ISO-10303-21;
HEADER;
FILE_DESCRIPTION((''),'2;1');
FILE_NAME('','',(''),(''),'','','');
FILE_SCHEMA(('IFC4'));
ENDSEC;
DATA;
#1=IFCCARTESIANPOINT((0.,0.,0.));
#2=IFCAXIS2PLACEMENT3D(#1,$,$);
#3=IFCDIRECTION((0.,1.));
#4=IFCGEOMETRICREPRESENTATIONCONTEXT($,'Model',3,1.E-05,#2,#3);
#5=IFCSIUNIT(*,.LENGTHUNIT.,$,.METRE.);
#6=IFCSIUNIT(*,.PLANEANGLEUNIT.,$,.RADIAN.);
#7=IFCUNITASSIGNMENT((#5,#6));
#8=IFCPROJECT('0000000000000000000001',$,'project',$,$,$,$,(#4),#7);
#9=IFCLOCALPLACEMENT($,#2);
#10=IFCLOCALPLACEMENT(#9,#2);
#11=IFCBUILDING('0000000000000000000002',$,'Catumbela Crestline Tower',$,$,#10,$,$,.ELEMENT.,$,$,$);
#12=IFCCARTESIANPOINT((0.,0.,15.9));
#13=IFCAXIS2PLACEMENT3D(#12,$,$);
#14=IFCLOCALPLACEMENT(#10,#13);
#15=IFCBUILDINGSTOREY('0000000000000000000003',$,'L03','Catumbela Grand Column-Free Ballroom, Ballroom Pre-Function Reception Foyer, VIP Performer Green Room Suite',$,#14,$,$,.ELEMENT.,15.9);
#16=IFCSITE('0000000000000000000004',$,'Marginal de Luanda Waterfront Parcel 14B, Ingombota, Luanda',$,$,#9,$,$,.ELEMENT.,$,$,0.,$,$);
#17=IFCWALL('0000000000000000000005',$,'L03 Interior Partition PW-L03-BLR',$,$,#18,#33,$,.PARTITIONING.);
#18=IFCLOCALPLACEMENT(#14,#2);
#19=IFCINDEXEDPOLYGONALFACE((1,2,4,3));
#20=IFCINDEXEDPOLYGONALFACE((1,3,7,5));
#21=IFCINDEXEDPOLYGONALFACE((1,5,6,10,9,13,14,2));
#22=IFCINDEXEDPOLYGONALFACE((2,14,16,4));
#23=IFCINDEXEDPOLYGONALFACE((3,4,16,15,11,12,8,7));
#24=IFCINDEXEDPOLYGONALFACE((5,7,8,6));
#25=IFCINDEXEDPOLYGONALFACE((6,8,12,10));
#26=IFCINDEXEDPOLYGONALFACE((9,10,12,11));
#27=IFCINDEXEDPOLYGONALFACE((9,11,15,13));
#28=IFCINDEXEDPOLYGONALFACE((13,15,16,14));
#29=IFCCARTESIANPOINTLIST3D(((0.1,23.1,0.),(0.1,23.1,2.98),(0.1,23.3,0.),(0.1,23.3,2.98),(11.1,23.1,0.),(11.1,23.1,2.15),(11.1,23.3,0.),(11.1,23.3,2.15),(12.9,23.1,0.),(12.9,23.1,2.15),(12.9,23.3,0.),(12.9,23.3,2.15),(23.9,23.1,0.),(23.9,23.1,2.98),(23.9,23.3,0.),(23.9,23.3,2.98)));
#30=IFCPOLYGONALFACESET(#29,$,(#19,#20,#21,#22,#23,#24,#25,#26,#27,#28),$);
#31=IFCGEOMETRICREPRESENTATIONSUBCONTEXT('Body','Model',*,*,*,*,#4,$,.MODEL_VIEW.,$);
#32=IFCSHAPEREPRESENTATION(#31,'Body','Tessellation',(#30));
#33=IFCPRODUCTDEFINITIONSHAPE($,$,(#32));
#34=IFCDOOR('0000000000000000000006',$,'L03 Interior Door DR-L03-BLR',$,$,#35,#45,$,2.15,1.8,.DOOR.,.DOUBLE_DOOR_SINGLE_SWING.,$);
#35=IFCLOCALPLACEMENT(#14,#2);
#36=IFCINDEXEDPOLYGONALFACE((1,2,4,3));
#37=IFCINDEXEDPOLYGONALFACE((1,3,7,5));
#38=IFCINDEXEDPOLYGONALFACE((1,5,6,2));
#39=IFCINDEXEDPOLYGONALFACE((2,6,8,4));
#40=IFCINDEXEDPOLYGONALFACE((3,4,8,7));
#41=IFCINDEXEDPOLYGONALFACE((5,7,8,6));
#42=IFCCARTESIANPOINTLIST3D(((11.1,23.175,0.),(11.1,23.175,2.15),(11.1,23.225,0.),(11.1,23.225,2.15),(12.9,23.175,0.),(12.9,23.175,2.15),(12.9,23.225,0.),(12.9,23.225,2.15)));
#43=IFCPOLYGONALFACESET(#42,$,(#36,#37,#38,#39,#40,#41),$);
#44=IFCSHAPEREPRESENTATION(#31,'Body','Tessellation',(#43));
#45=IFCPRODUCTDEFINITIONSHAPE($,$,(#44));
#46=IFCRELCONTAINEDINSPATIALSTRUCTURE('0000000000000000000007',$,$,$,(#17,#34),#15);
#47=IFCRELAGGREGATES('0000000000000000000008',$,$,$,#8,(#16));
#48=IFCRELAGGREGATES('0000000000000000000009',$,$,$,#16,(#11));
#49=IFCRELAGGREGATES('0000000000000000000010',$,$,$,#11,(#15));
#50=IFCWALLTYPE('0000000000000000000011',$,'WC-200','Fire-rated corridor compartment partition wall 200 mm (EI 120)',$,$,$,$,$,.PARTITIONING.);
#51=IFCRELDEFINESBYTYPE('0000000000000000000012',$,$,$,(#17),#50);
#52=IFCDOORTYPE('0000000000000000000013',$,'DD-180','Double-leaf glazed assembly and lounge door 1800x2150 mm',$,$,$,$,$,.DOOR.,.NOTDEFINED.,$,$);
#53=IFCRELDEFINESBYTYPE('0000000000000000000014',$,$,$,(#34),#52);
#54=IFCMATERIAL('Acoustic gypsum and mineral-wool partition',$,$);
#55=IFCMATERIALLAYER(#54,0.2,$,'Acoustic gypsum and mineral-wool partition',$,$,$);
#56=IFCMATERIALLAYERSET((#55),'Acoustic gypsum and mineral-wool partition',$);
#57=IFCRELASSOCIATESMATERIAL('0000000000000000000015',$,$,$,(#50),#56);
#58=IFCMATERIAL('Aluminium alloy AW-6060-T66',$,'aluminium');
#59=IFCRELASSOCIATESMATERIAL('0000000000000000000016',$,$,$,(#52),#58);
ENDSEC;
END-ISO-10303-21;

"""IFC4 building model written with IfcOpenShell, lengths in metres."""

from ifc_helpers import new_model, si_unit, direction, frame, frame_2d, origin, place, context, subcontext, project, spatial, rectangle, extrude, material, layer, layer_set, type_object, element, fill, save


model = new_model("IFC4")

# Units and contexts
model_context = context("Model", 3, precision=1e-05, world=origin(), true_north=direction((0.0, 1.0)))
body_context = subcontext(model_context, "Body", "Model", "MODEL_VIEW")
ifc_project = project(units=[si_unit("LENGTHUNIT", "METRE"), si_unit("PLANEANGLEUNIT", "RADIAN")], contexts=[model_context])

# Site, building, storey
site_placement = place(None, origin())
site = spatial("IfcSite", under=ifc_project, at=site_placement, Name="Marginal de Luanda Waterfront Parcel 14B, Ingombota, Luanda", CompositionType="ELEMENT", RefElevation=0.0)
building_placement = place(site_placement, origin())
building = spatial("IfcBuilding", under=site, at=building_placement, Name="Catumbela Crestline Tower", CompositionType="ELEMENT")
storey_placement = place(building_placement, frame((0.0, 0.0, 15.9)))
storey = spatial("IfcBuildingStorey", under=building, at=storey_placement, Name="L03", Description="Catumbela Grand Column-Free Ballroom, Ballroom Pre-Function Reception Foyer, VIP Performer Green Room Suite", CompositionType="ELEMENT", Elevation=15.9)

# Shared definitions
ifc_material_1 = material(Name="Aluminium alloy AW-6060-T66", Category="aluminium")

# Wall, opening, door
ifc_material_2 = material(Name="Acoustic gypsum and mineral-wool partition")
ifc_layer_1 = layer(ifc_material_2, 0.2, Name="Acoustic gypsum and mineral-wool partition")
ifc_layer_set_1 = layer_set([ifc_layer_1], Name="Acoustic gypsum and mineral-wool partition")
wall_type = type_object("IfcWallType", Name="WC-200", Description="Fire-rated corridor compartment partition wall 200 mm (EI 120)", PredefinedType="PARTITIONING", material=ifc_layer_set_1)
wall_placement = place(storey_placement, frame((0.1, 23.2, 0.0), z_axis=(0.0, 0.0, 1.0), x_axis=(1.0, 0.0, 0.0)))
wall = element("IfcWall", 1, at=wall_placement, inside=storey, type_object=wall_type, Name="L03 Interior Partition PW-L03-BLR", PredefinedType="PARTITIONING", context=body_context, shape_type="SweptSolid", body=[
    extrude(rectangle(XDim=23.8, YDim=0.2, at=frame_2d((11.9, 0.0))), origin(), (0.0, 0.0, 1.0), 2.98),
])
opening_placement = place(wall_placement, frame((11.0, 0.0, 0.0)))
opening = element("IfcOpeningElement", 2, at=opening_placement, cuts=wall, PredefinedType="OPENING", context=body_context, shape_type="SweptSolid", body=[
    extrude(rectangle(XDim=1.8, YDim=2.15, at=frame_2d((0.9, 1.075))), frame((0.0, 0.11, 0.0), z_axis=(0.0, -1.0, 0.0), x_axis=(1.0, 0.0, 0.0)), (0.0, 0.0, 1.0), 0.22),
])
door_type = type_object("IfcDoorType", Name="DD-180", Description="Double-leaf glazed assembly and lounge door 1800x2150 mm", OperationType="NOTDEFINED", PredefinedType="DOOR", material=ifc_material_1)
door_placement = place(opening_placement, origin())
door = element("IfcDoor", 3, at=door_placement, inside=storey, type_object=door_type, Name="L03 Interior Door DR-L03-BLR", OperationType="DOUBLE_DOOR_SINGLE_SWING", OverallHeight=2.15, OverallWidth=1.8, PredefinedType="DOOR", context=body_context, shape_type="SweptSolid", body=[
    extrude(rectangle(XDim=1.8, YDim=2.15, at=frame_2d((0.9, 1.075))), frame((0.0, 0.025, 0.0), z_axis=(0.0, -1.0, 0.0), x_axis=(1.0, 0.0, 0.0)), (0.0, 0.0, 1.0), 0.05),
])
fill(opening, door)

save(model, "model.ifc")
